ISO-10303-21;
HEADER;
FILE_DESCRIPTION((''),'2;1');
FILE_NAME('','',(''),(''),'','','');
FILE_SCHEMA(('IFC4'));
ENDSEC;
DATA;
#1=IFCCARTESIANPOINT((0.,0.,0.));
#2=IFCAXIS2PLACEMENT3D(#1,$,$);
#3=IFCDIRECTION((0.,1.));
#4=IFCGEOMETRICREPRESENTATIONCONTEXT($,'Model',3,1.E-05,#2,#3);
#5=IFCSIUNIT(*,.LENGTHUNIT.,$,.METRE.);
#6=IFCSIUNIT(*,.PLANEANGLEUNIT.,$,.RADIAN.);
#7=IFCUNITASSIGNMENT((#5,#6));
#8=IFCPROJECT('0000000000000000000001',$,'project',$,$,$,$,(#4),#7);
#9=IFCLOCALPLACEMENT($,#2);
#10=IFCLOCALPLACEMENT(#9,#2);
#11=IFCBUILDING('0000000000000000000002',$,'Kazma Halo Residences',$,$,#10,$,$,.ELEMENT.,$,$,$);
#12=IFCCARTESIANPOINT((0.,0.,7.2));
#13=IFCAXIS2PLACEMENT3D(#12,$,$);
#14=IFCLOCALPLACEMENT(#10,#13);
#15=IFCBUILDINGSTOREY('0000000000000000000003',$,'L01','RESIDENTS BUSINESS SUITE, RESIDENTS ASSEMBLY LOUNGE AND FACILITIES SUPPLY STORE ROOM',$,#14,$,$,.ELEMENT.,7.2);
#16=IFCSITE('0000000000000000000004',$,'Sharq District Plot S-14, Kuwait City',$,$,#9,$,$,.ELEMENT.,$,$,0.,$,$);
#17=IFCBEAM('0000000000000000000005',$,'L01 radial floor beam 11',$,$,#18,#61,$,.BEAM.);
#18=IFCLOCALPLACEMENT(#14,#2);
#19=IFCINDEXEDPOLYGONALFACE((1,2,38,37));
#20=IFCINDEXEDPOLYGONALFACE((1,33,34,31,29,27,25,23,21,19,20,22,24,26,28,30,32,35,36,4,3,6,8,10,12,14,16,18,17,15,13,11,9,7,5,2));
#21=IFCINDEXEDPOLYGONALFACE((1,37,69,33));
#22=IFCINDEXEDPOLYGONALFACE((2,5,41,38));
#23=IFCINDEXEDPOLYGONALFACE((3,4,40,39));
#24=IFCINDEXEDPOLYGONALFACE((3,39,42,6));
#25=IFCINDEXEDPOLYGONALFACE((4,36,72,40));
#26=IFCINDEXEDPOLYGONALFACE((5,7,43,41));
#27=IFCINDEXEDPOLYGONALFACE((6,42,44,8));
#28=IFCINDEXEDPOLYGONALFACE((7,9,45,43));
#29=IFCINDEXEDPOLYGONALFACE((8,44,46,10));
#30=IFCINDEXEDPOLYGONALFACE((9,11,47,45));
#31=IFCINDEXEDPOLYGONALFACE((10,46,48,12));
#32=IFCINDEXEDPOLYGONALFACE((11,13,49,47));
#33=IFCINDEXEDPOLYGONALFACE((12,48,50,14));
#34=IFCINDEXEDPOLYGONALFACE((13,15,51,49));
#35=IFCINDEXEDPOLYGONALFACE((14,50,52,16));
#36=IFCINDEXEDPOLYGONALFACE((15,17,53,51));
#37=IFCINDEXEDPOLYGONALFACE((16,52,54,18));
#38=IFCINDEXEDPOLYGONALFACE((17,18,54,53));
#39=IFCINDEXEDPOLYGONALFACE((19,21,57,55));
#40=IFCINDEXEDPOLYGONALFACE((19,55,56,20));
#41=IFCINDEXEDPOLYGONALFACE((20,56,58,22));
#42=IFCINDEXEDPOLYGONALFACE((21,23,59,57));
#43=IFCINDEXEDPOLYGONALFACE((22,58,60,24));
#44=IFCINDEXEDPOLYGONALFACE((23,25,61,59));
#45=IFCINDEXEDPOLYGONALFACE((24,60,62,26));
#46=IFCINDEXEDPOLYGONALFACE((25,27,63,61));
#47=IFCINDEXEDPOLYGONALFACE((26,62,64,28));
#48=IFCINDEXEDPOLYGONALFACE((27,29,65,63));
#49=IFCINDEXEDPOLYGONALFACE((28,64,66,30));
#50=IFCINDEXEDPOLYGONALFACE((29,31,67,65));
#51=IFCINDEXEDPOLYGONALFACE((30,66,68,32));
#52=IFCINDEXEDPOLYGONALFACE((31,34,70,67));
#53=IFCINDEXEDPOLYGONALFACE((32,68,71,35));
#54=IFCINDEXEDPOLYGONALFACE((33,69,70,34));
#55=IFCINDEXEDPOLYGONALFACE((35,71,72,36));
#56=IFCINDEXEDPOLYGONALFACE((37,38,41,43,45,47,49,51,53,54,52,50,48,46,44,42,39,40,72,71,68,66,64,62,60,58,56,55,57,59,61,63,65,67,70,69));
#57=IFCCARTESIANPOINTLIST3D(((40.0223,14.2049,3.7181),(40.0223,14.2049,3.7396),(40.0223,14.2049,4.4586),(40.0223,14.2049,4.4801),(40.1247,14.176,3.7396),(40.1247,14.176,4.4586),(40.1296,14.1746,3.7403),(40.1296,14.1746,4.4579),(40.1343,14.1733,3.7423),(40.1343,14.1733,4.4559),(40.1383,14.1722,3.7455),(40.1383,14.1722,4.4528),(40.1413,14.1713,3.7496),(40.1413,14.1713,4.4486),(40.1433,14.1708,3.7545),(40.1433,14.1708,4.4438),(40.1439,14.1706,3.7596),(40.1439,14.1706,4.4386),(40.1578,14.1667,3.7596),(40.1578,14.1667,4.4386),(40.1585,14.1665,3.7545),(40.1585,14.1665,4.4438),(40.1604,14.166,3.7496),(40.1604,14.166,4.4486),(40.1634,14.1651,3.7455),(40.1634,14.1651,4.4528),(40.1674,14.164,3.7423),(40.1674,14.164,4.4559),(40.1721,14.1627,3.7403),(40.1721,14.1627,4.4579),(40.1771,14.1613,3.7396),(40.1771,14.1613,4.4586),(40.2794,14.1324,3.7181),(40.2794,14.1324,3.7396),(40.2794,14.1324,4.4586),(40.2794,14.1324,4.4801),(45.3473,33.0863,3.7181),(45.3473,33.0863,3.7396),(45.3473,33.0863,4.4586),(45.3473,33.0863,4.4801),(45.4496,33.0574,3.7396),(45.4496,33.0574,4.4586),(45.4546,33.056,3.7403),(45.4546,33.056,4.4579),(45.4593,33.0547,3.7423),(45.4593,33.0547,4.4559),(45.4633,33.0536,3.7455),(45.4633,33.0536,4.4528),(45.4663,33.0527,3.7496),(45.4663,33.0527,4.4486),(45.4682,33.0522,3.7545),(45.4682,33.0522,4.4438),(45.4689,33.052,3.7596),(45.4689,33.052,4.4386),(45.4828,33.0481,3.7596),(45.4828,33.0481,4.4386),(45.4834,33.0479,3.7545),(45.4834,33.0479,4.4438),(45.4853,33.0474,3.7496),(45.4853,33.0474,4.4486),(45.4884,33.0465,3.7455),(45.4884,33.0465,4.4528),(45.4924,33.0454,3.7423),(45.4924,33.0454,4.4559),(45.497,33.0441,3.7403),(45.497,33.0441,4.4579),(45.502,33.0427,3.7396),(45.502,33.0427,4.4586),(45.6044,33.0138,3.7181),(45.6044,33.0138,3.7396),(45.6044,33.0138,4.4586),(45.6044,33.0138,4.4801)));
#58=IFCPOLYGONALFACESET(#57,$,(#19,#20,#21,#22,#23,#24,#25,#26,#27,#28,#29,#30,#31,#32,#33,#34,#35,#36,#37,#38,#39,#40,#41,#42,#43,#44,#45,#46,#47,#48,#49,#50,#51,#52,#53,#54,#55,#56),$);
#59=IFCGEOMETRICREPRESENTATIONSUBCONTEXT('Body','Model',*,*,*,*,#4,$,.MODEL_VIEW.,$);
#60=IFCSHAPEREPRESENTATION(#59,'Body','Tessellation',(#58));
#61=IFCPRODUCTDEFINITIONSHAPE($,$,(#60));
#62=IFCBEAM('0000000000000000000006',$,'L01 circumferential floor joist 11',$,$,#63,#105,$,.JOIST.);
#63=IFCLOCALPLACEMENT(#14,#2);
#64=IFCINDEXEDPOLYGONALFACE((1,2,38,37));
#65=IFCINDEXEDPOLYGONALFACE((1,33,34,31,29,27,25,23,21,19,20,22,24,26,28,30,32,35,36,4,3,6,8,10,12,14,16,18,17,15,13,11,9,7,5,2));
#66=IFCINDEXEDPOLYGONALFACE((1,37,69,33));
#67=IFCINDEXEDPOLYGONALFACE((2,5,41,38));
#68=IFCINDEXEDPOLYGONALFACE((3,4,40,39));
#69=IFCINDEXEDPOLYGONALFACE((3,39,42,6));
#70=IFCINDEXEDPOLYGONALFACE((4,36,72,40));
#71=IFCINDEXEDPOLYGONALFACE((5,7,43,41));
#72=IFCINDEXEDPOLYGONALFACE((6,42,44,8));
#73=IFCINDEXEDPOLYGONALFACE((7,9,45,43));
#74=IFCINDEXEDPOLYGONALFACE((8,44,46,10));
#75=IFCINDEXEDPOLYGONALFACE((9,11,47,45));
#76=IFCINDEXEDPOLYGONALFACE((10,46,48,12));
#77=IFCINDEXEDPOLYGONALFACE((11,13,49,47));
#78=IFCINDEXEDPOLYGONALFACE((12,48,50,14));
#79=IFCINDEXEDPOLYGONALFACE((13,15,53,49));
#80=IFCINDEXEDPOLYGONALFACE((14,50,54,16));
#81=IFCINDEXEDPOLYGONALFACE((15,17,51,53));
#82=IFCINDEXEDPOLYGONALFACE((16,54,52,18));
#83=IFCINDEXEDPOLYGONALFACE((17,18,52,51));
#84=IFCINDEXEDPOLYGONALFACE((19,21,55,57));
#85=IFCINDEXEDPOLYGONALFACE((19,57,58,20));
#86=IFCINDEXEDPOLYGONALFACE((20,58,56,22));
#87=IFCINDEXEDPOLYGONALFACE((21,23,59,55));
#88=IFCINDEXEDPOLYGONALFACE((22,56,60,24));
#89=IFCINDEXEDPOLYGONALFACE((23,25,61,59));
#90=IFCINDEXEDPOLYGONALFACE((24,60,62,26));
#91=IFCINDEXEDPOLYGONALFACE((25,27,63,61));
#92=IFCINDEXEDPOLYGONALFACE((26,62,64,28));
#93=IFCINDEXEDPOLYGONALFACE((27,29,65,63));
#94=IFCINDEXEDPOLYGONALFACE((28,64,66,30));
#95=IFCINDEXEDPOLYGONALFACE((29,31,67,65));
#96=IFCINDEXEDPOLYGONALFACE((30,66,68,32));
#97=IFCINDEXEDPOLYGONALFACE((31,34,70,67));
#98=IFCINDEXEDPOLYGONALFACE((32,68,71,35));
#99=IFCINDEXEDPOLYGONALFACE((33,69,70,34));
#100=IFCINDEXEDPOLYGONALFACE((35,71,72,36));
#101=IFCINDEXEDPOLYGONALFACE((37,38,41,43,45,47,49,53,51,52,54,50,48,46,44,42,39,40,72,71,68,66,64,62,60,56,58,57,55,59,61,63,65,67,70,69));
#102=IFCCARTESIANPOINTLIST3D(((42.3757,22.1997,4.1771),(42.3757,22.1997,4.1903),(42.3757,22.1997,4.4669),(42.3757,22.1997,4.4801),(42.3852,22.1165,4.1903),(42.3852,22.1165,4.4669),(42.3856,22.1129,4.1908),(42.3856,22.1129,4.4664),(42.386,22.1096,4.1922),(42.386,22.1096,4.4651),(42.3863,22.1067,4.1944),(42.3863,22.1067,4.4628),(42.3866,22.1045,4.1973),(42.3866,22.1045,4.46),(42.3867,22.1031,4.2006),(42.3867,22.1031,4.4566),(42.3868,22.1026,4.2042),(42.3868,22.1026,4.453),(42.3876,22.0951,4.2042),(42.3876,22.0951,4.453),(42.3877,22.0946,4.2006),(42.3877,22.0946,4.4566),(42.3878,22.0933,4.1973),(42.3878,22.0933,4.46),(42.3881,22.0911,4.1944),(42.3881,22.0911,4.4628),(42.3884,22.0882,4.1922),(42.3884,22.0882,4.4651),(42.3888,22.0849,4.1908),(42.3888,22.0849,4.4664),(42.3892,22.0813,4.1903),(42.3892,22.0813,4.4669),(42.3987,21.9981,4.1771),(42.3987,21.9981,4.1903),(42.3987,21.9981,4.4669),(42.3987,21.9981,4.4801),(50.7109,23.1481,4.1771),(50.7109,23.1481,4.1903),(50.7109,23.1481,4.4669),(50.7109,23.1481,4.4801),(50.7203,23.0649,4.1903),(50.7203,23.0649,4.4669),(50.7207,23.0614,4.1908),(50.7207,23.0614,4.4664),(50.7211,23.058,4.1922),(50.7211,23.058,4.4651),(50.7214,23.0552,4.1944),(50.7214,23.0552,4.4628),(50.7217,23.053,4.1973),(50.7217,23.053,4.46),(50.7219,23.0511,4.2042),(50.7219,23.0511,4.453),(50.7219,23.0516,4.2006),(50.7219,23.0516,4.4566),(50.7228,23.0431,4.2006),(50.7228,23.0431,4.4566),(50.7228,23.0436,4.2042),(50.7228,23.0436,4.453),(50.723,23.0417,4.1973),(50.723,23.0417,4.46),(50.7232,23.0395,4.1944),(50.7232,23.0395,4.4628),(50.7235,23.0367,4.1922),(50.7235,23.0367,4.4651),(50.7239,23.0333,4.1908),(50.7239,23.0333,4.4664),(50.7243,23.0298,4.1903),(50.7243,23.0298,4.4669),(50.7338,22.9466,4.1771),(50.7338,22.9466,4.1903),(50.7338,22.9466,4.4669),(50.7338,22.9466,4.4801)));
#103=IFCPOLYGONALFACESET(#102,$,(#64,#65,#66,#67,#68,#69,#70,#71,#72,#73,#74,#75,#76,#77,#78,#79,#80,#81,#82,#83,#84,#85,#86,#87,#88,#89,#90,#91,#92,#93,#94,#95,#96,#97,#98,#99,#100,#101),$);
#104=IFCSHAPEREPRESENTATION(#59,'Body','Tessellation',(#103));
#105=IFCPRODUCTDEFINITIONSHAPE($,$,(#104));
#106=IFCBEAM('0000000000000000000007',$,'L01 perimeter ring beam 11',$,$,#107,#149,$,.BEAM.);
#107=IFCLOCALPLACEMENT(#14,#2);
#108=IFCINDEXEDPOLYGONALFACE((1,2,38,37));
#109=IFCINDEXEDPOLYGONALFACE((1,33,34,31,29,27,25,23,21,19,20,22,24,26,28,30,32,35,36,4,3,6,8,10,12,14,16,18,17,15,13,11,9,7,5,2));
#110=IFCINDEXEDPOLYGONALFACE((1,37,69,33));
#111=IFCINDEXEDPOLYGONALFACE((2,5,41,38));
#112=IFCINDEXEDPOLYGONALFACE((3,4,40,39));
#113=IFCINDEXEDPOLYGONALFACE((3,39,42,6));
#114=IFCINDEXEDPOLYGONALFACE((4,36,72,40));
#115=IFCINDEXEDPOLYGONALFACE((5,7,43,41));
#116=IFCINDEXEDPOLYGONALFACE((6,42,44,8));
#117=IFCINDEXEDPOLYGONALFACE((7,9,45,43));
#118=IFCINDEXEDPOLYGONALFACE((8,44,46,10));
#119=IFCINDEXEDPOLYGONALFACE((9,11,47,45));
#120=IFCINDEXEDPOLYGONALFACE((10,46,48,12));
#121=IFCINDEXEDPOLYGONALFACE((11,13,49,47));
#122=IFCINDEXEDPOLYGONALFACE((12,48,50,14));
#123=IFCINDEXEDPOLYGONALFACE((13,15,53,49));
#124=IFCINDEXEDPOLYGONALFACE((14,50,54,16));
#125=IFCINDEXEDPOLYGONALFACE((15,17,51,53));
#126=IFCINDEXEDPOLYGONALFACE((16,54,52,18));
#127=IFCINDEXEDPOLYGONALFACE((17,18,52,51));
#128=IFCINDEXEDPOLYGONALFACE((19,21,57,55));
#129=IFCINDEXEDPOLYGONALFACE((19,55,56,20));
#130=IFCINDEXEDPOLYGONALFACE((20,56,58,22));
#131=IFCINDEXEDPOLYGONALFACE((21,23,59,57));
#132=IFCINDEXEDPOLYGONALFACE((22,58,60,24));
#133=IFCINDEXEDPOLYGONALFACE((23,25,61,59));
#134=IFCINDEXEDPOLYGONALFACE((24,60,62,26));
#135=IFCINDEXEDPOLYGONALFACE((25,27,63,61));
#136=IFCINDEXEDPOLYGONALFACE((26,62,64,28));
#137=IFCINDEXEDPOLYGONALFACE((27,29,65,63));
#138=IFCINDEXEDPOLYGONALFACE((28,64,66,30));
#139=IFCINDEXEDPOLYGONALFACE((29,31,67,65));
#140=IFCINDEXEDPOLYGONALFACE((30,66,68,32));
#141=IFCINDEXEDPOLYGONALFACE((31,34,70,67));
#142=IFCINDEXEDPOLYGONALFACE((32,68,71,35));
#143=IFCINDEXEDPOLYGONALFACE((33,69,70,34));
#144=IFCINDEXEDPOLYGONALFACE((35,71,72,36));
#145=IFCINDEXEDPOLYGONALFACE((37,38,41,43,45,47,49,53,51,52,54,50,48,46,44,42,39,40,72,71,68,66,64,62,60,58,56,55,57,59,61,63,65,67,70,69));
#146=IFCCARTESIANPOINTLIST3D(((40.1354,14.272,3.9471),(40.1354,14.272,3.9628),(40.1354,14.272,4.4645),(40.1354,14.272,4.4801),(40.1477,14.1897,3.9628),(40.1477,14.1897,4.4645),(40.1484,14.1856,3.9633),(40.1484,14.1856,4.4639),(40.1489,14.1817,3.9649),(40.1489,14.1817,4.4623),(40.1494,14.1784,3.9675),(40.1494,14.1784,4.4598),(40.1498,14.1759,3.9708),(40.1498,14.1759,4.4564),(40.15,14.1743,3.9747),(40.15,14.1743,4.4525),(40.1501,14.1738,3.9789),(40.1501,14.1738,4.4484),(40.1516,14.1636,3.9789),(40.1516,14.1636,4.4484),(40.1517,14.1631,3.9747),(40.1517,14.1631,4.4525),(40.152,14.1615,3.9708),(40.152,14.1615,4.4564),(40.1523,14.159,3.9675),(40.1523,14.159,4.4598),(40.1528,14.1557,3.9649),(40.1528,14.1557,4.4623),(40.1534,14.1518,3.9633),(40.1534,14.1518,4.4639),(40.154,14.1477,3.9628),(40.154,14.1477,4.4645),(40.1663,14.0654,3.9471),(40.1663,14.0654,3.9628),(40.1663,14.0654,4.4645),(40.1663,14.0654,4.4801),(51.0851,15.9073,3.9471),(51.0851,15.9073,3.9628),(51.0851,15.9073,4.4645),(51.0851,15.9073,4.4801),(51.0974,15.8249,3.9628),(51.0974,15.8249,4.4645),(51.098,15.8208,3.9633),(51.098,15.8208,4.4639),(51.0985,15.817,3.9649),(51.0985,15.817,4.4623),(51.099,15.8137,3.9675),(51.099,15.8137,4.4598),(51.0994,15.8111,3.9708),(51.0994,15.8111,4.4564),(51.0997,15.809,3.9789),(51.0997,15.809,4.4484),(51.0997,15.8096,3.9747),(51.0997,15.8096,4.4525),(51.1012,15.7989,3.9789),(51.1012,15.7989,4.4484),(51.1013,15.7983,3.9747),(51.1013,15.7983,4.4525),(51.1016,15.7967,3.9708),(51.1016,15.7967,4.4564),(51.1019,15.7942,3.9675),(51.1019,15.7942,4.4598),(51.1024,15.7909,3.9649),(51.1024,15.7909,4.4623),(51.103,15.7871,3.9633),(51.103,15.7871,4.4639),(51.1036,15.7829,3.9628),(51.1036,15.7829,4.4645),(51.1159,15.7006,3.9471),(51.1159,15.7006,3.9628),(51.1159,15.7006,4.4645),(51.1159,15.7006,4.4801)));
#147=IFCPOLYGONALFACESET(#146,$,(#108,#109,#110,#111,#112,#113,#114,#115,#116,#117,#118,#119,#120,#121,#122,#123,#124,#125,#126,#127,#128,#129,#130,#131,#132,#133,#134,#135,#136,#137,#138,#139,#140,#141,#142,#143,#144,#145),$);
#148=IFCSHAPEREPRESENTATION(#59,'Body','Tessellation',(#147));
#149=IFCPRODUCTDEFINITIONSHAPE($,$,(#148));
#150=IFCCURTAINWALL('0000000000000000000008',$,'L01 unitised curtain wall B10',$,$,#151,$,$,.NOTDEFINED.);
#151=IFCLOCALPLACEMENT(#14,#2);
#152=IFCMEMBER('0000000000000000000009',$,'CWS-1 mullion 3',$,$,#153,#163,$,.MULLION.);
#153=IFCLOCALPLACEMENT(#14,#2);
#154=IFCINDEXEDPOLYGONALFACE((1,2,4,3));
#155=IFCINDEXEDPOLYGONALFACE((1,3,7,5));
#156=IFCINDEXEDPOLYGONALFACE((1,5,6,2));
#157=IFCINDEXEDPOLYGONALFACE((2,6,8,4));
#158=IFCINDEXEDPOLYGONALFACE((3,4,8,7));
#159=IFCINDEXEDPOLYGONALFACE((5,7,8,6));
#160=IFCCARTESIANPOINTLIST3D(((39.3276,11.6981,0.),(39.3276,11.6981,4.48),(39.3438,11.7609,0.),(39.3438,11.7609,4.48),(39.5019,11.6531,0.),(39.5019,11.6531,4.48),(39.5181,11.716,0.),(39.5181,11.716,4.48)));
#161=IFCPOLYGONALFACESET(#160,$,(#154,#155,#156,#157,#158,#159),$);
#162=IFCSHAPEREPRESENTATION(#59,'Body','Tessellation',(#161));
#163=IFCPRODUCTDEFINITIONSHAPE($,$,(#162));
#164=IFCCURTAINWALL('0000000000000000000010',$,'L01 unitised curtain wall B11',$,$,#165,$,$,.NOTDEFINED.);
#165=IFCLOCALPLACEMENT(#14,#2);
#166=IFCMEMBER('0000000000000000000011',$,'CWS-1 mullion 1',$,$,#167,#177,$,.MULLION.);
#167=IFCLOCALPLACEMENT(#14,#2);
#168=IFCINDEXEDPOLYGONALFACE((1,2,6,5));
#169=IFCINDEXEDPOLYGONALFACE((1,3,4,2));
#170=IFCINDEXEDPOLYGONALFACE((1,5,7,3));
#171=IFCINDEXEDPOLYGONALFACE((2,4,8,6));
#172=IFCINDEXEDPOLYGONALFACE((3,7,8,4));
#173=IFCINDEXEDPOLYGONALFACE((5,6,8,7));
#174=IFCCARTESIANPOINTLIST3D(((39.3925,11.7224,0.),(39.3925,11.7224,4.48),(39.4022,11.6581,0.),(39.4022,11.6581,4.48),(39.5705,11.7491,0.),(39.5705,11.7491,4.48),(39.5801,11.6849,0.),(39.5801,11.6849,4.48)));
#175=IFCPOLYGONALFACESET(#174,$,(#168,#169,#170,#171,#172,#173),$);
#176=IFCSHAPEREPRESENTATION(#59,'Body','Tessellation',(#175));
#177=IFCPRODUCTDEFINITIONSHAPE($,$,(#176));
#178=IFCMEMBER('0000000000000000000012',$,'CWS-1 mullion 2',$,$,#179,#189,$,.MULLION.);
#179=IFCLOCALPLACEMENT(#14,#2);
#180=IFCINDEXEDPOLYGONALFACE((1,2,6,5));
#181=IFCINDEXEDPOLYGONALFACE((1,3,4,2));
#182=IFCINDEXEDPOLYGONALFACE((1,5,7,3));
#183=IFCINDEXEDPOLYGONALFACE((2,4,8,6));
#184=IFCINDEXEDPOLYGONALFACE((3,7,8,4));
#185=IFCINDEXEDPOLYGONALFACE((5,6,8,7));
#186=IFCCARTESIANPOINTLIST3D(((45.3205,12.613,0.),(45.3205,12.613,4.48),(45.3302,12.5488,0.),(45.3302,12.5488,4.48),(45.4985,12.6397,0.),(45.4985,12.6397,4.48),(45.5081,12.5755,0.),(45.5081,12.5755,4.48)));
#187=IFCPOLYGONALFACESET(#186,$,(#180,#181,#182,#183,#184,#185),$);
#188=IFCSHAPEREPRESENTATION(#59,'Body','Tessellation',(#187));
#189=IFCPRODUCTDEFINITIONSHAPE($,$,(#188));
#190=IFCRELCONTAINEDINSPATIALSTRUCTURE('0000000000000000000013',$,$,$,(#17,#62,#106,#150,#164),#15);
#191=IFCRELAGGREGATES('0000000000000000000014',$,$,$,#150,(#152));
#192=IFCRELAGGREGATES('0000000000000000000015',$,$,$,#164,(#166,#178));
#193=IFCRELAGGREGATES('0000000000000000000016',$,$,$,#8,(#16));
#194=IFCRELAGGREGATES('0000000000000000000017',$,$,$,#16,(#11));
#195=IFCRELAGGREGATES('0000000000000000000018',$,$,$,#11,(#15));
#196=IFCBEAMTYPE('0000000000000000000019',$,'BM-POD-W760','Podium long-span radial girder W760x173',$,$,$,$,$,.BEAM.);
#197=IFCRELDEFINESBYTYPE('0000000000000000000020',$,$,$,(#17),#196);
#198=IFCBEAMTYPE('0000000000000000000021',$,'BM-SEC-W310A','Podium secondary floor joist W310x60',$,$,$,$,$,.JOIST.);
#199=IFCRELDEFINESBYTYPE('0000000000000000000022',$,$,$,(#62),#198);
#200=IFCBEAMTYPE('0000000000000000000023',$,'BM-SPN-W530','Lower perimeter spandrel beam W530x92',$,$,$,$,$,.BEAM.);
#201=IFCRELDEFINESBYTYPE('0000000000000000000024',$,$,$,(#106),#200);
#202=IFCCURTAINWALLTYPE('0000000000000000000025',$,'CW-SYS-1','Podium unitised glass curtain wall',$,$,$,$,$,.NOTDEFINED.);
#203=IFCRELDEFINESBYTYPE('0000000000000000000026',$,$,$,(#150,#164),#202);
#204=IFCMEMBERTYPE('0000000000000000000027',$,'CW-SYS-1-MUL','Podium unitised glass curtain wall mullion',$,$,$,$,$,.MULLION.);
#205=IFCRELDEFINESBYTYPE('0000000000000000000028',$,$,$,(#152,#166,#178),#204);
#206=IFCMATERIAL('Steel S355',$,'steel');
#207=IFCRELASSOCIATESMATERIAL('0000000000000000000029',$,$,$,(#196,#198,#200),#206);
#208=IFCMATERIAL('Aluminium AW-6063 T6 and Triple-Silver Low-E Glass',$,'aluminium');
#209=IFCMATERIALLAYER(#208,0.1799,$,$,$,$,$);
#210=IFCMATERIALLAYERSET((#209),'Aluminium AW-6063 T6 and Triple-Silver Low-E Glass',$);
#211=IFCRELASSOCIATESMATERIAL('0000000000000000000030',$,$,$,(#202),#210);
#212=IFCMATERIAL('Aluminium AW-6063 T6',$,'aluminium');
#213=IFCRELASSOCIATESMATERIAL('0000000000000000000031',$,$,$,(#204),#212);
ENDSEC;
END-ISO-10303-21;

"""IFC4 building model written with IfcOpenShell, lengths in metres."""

from ifc_helpers import new_model, si_unit, direction, frame, origin, origin_2d, place, context, subcontext, project, spatial, rectangle, i_section, extrude, material, layer, layer_set, material_profile, profile_set, type_object, element, aggregate, save


model = new_model("IFC4")

# Units and contexts
model_context = context("Model", 3, precision=1e-05, world=origin(), true_north=direction((0.0, 1.0)))
body_context = subcontext(model_context, "Body", "Model", "MODEL_VIEW")
ifc_project = project(units=[si_unit("LENGTHUNIT", "METRE"), si_unit("PLANEANGLEUNIT", "RADIAN")], contexts=[model_context])

# Site, building, storey
site_placement = place(None, origin())
site = spatial("IfcSite", under=ifc_project, at=site_placement, Name="Sharq District Plot S-14, Kuwait City", CompositionType="ELEMENT", RefElevation=0.0)
building_placement = place(site_placement, origin())
building = spatial("IfcBuilding", under=site, at=building_placement, Name="Kazma Halo Residences", CompositionType="ELEMENT")
storey_placement = place(building_placement, frame((0.0, 0.0, 7.2)))
storey = spatial("IfcBuildingStorey", under=building, at=storey_placement, Name="L01", Description="RESIDENTS BUSINESS SUITE, RESIDENTS ASSEMBLY LOUNGE AND FACILITIES SUPPLY STORE ROOM", CompositionType="ELEMENT", Elevation=7.2)

# Beams
ifc_material_1 = material(Name="Steel S355", Category="steel")
ifc_material_profile_1 = material_profile(ifc_material_1, i_section(OverallWidth=0.2671, OverallDepth=0.762, WebThickness=0.0144, FlangeThickness=0.0215, FilletRadius=0.02, at=origin_2d()), Name="W760x173")
ifc_profile_set_1 = profile_set([ifc_material_profile_1], Name="Steel S355")
beam_type_1 = type_object("IfcBeamType", Name="BM-POD-W760", Description="Podium long-span radial girder W760x173", PredefinedType="BEAM", material=ifc_profile_set_1)
beam_1_placement = place(storey_placement, frame((45.4758, 33.05, 4.0991), z_axis=(-0.271434, -0.962457, 0.0), x_axis=(0.962457, -0.271434, 0.0)))
element("IfcBeam", 1, at=beam_1_placement, inside=storey, type_object=beam_type_1, Name="L01 radial floor beam 11", PredefinedType="BEAM", context=body_context, shape_type="SweptSolid", body=[
    extrude(i_section(OverallWidth=0.2671, OverallDepth=0.762, WebThickness=0.0144, FlangeThickness=0.0215, FilletRadius=0.02, at=origin_2d()), origin(), (0.0, 0.0, 1.0), 19.6179),
])
ifc_material_profile_2 = material_profile(ifc_material_1, i_section(OverallWidth=0.2029, OverallDepth=0.303, WebThickness=0.0076, FlangeThickness=0.0132, FilletRadius=0.0139, at=origin_2d()), Name="W310x60")
ifc_profile_set_2 = profile_set([ifc_material_profile_2], Name="Steel S355")
beam_type_2 = type_object("IfcBeamType", Name="BM-SEC-W310A", Description="Podium secondary floor joist W310x60", PredefinedType="JOIST", material=ifc_profile_set_2)
beam_2_placement = place(storey_placement, frame((42.3872, 22.0989, 4.3286), z_axis=(0.993588, 0.113063, 0.0), x_axis=(-0.113063, 0.993588, 0.0)))
element("IfcBeam", 2, at=beam_2_placement, inside=storey, type_object=beam_type_2, Name="L01 circumferential floor joist 11", PredefinedType="JOIST", context=body_context, shape_type="SweptSolid", body=[
    extrude(i_section(OverallWidth=0.2029, OverallDepth=0.303, WebThickness=0.0076, FlangeThickness=0.0132, FilletRadius=0.0139, at=origin_2d()), origin(), (0.0, 0.0, 1.0), 8.3889),
])
ifc_material_profile_3 = material_profile(ifc_material_1, i_section(OverallWidth=0.209, OverallDepth=0.533, WebThickness=0.0103, FlangeThickness=0.0156, FilletRadius=0.0161, at=origin_2d()), Name="W530x92")
ifc_profile_set_3 = profile_set([ifc_material_profile_3], Name="Steel S355")
beam_type_3 = type_object("IfcBeamType", Name="BM-SPN-W530", Description="Lower perimeter spandrel beam W530x92", PredefinedType="BEAM", material=ifc_profile_set_3)
beam_3_placement = place(storey_placement, frame((40.1509, 14.1687, 4.2136), z_axis=(0.989032, 0.147704, 0.0), x_axis=(-0.147704, 0.989032, 0.0)))
element("IfcBeam", 3, at=beam_3_placement, inside=storey, type_object=beam_type_3, Name="L01 perimeter ring beam 11", PredefinedType="BEAM", context=body_context, shape_type="SweptSolid", body=[
    extrude(i_section(OverallWidth=0.209, OverallDepth=0.533, WebThickness=0.0103, FlangeThickness=0.0156, FilletRadius=0.0161, at=origin_2d()), origin(), (0.0, 0.0, 1.0), 11.071),
])

# Curtain wall, member
ifc_material_2 = material(Name="Aluminium AW-6063 T6 and Triple-Silver Low-E Glass", Category="aluminium")
ifc_layer_1 = layer(ifc_material_2, 0.1799)
ifc_layer_set_1 = layer_set([ifc_layer_1], Name="Aluminium AW-6063 T6 and Triple-Silver Low-E Glass")
curtain_wall_type = type_object("IfcCurtainWallType", Name="CW-SYS-1", Description="Podium unitised glass curtain wall", PredefinedType="NOTDEFINED", material=ifc_layer_set_1)
curtain_wall_1_placement = place(storey_placement, origin())
curtain_wall_1 = element("IfcCurtainWall", 4, at=curtain_wall_1_placement, inside=storey, type_object=curtain_wall_type, Name="L01 unitised curtain wall B10", PredefinedType="NOTDEFINED")
ifc_material_3 = material(Name="Aluminium AW-6063 T6", Category="aluminium")
ifc_material_profile_4 = material_profile(ifc_material_3, rectangle(XDim=0.0649, YDim=0.1799, at=origin_2d()), Name="CWM-65x180")
ifc_profile_set_4 = profile_set([ifc_material_profile_4], Name="Aluminium AW-6063 T6")
member_type_1 = type_object("IfcMemberType", Name="CW-SYS-1-MUL", Description="Podium unitised glass curtain wall mullion", PredefinedType="MULLION", material=ifc_profile_set_4)
member_1_placement = place(storey_placement, frame((39.4229, 11.707, 0.0), z_axis=(0.0, 0.0, 1.0), x_axis=(0.249727, 0.968316, 0.0)))
member_1 = element("IfcMember", 5, at=member_1_placement, type_object=member_type_1, Name="CWS-1 mullion 3", PredefinedType="MULLION", context=body_context, shape_type="SweptSolid", body=[
    extrude(rectangle(XDim=0.0649, YDim=0.1799, at=origin_2d()), origin(), (0.0, 0.0, 1.0), 4.48),
])
aggregate(curtain_wall_1, [member_1])

# Curtain wall, members
curtain_wall_2_placement = place(storey_placement, origin())
curtain_wall_2 = element("IfcCurtainWall", 6, at=curtain_wall_2_placement, inside=storey, type_object=curtain_wall_type, Name="L01 unitised curtain wall B11", PredefinedType="NOTDEFINED")
member_2_placement = place(storey_placement, frame((39.4863, 11.7036, 0.0), z_axis=(0.0, 0.0, 1.0), x_axis=(-0.148549, 0.988905, 0.0)))
member_2 = element("IfcMember", 7, at=member_2_placement, type_object=member_type_1, Name="CWS-1 mullion 1", PredefinedType="MULLION", context=body_context, shape_type="SweptSolid", body=[
    extrude(rectangle(XDim=0.0649, YDim=0.1799, at=origin_2d()), origin(), (0.0, 0.0, 1.0), 4.48),
])
member_3_placement = place(storey_placement, frame((45.4143, 12.5942, 0.0), z_axis=(0.0, 0.0, 1.0), x_axis=(-0.148549, 0.988905, 0.0)))
member_3 = element("IfcMember", 8, at=member_3_placement, type_object=member_type_1, Name="CWS-1 mullion 2", PredefinedType="MULLION", context=body_context, shape_type="SweptSolid", body=[
    extrude(rectangle(XDim=0.0649, YDim=0.1799, at=origin_2d()), origin(), (0.0, 0.0, 1.0), 4.48),
])
aggregate(curtain_wall_2, [member_2, member_3])

save(model, "model.ifc")
